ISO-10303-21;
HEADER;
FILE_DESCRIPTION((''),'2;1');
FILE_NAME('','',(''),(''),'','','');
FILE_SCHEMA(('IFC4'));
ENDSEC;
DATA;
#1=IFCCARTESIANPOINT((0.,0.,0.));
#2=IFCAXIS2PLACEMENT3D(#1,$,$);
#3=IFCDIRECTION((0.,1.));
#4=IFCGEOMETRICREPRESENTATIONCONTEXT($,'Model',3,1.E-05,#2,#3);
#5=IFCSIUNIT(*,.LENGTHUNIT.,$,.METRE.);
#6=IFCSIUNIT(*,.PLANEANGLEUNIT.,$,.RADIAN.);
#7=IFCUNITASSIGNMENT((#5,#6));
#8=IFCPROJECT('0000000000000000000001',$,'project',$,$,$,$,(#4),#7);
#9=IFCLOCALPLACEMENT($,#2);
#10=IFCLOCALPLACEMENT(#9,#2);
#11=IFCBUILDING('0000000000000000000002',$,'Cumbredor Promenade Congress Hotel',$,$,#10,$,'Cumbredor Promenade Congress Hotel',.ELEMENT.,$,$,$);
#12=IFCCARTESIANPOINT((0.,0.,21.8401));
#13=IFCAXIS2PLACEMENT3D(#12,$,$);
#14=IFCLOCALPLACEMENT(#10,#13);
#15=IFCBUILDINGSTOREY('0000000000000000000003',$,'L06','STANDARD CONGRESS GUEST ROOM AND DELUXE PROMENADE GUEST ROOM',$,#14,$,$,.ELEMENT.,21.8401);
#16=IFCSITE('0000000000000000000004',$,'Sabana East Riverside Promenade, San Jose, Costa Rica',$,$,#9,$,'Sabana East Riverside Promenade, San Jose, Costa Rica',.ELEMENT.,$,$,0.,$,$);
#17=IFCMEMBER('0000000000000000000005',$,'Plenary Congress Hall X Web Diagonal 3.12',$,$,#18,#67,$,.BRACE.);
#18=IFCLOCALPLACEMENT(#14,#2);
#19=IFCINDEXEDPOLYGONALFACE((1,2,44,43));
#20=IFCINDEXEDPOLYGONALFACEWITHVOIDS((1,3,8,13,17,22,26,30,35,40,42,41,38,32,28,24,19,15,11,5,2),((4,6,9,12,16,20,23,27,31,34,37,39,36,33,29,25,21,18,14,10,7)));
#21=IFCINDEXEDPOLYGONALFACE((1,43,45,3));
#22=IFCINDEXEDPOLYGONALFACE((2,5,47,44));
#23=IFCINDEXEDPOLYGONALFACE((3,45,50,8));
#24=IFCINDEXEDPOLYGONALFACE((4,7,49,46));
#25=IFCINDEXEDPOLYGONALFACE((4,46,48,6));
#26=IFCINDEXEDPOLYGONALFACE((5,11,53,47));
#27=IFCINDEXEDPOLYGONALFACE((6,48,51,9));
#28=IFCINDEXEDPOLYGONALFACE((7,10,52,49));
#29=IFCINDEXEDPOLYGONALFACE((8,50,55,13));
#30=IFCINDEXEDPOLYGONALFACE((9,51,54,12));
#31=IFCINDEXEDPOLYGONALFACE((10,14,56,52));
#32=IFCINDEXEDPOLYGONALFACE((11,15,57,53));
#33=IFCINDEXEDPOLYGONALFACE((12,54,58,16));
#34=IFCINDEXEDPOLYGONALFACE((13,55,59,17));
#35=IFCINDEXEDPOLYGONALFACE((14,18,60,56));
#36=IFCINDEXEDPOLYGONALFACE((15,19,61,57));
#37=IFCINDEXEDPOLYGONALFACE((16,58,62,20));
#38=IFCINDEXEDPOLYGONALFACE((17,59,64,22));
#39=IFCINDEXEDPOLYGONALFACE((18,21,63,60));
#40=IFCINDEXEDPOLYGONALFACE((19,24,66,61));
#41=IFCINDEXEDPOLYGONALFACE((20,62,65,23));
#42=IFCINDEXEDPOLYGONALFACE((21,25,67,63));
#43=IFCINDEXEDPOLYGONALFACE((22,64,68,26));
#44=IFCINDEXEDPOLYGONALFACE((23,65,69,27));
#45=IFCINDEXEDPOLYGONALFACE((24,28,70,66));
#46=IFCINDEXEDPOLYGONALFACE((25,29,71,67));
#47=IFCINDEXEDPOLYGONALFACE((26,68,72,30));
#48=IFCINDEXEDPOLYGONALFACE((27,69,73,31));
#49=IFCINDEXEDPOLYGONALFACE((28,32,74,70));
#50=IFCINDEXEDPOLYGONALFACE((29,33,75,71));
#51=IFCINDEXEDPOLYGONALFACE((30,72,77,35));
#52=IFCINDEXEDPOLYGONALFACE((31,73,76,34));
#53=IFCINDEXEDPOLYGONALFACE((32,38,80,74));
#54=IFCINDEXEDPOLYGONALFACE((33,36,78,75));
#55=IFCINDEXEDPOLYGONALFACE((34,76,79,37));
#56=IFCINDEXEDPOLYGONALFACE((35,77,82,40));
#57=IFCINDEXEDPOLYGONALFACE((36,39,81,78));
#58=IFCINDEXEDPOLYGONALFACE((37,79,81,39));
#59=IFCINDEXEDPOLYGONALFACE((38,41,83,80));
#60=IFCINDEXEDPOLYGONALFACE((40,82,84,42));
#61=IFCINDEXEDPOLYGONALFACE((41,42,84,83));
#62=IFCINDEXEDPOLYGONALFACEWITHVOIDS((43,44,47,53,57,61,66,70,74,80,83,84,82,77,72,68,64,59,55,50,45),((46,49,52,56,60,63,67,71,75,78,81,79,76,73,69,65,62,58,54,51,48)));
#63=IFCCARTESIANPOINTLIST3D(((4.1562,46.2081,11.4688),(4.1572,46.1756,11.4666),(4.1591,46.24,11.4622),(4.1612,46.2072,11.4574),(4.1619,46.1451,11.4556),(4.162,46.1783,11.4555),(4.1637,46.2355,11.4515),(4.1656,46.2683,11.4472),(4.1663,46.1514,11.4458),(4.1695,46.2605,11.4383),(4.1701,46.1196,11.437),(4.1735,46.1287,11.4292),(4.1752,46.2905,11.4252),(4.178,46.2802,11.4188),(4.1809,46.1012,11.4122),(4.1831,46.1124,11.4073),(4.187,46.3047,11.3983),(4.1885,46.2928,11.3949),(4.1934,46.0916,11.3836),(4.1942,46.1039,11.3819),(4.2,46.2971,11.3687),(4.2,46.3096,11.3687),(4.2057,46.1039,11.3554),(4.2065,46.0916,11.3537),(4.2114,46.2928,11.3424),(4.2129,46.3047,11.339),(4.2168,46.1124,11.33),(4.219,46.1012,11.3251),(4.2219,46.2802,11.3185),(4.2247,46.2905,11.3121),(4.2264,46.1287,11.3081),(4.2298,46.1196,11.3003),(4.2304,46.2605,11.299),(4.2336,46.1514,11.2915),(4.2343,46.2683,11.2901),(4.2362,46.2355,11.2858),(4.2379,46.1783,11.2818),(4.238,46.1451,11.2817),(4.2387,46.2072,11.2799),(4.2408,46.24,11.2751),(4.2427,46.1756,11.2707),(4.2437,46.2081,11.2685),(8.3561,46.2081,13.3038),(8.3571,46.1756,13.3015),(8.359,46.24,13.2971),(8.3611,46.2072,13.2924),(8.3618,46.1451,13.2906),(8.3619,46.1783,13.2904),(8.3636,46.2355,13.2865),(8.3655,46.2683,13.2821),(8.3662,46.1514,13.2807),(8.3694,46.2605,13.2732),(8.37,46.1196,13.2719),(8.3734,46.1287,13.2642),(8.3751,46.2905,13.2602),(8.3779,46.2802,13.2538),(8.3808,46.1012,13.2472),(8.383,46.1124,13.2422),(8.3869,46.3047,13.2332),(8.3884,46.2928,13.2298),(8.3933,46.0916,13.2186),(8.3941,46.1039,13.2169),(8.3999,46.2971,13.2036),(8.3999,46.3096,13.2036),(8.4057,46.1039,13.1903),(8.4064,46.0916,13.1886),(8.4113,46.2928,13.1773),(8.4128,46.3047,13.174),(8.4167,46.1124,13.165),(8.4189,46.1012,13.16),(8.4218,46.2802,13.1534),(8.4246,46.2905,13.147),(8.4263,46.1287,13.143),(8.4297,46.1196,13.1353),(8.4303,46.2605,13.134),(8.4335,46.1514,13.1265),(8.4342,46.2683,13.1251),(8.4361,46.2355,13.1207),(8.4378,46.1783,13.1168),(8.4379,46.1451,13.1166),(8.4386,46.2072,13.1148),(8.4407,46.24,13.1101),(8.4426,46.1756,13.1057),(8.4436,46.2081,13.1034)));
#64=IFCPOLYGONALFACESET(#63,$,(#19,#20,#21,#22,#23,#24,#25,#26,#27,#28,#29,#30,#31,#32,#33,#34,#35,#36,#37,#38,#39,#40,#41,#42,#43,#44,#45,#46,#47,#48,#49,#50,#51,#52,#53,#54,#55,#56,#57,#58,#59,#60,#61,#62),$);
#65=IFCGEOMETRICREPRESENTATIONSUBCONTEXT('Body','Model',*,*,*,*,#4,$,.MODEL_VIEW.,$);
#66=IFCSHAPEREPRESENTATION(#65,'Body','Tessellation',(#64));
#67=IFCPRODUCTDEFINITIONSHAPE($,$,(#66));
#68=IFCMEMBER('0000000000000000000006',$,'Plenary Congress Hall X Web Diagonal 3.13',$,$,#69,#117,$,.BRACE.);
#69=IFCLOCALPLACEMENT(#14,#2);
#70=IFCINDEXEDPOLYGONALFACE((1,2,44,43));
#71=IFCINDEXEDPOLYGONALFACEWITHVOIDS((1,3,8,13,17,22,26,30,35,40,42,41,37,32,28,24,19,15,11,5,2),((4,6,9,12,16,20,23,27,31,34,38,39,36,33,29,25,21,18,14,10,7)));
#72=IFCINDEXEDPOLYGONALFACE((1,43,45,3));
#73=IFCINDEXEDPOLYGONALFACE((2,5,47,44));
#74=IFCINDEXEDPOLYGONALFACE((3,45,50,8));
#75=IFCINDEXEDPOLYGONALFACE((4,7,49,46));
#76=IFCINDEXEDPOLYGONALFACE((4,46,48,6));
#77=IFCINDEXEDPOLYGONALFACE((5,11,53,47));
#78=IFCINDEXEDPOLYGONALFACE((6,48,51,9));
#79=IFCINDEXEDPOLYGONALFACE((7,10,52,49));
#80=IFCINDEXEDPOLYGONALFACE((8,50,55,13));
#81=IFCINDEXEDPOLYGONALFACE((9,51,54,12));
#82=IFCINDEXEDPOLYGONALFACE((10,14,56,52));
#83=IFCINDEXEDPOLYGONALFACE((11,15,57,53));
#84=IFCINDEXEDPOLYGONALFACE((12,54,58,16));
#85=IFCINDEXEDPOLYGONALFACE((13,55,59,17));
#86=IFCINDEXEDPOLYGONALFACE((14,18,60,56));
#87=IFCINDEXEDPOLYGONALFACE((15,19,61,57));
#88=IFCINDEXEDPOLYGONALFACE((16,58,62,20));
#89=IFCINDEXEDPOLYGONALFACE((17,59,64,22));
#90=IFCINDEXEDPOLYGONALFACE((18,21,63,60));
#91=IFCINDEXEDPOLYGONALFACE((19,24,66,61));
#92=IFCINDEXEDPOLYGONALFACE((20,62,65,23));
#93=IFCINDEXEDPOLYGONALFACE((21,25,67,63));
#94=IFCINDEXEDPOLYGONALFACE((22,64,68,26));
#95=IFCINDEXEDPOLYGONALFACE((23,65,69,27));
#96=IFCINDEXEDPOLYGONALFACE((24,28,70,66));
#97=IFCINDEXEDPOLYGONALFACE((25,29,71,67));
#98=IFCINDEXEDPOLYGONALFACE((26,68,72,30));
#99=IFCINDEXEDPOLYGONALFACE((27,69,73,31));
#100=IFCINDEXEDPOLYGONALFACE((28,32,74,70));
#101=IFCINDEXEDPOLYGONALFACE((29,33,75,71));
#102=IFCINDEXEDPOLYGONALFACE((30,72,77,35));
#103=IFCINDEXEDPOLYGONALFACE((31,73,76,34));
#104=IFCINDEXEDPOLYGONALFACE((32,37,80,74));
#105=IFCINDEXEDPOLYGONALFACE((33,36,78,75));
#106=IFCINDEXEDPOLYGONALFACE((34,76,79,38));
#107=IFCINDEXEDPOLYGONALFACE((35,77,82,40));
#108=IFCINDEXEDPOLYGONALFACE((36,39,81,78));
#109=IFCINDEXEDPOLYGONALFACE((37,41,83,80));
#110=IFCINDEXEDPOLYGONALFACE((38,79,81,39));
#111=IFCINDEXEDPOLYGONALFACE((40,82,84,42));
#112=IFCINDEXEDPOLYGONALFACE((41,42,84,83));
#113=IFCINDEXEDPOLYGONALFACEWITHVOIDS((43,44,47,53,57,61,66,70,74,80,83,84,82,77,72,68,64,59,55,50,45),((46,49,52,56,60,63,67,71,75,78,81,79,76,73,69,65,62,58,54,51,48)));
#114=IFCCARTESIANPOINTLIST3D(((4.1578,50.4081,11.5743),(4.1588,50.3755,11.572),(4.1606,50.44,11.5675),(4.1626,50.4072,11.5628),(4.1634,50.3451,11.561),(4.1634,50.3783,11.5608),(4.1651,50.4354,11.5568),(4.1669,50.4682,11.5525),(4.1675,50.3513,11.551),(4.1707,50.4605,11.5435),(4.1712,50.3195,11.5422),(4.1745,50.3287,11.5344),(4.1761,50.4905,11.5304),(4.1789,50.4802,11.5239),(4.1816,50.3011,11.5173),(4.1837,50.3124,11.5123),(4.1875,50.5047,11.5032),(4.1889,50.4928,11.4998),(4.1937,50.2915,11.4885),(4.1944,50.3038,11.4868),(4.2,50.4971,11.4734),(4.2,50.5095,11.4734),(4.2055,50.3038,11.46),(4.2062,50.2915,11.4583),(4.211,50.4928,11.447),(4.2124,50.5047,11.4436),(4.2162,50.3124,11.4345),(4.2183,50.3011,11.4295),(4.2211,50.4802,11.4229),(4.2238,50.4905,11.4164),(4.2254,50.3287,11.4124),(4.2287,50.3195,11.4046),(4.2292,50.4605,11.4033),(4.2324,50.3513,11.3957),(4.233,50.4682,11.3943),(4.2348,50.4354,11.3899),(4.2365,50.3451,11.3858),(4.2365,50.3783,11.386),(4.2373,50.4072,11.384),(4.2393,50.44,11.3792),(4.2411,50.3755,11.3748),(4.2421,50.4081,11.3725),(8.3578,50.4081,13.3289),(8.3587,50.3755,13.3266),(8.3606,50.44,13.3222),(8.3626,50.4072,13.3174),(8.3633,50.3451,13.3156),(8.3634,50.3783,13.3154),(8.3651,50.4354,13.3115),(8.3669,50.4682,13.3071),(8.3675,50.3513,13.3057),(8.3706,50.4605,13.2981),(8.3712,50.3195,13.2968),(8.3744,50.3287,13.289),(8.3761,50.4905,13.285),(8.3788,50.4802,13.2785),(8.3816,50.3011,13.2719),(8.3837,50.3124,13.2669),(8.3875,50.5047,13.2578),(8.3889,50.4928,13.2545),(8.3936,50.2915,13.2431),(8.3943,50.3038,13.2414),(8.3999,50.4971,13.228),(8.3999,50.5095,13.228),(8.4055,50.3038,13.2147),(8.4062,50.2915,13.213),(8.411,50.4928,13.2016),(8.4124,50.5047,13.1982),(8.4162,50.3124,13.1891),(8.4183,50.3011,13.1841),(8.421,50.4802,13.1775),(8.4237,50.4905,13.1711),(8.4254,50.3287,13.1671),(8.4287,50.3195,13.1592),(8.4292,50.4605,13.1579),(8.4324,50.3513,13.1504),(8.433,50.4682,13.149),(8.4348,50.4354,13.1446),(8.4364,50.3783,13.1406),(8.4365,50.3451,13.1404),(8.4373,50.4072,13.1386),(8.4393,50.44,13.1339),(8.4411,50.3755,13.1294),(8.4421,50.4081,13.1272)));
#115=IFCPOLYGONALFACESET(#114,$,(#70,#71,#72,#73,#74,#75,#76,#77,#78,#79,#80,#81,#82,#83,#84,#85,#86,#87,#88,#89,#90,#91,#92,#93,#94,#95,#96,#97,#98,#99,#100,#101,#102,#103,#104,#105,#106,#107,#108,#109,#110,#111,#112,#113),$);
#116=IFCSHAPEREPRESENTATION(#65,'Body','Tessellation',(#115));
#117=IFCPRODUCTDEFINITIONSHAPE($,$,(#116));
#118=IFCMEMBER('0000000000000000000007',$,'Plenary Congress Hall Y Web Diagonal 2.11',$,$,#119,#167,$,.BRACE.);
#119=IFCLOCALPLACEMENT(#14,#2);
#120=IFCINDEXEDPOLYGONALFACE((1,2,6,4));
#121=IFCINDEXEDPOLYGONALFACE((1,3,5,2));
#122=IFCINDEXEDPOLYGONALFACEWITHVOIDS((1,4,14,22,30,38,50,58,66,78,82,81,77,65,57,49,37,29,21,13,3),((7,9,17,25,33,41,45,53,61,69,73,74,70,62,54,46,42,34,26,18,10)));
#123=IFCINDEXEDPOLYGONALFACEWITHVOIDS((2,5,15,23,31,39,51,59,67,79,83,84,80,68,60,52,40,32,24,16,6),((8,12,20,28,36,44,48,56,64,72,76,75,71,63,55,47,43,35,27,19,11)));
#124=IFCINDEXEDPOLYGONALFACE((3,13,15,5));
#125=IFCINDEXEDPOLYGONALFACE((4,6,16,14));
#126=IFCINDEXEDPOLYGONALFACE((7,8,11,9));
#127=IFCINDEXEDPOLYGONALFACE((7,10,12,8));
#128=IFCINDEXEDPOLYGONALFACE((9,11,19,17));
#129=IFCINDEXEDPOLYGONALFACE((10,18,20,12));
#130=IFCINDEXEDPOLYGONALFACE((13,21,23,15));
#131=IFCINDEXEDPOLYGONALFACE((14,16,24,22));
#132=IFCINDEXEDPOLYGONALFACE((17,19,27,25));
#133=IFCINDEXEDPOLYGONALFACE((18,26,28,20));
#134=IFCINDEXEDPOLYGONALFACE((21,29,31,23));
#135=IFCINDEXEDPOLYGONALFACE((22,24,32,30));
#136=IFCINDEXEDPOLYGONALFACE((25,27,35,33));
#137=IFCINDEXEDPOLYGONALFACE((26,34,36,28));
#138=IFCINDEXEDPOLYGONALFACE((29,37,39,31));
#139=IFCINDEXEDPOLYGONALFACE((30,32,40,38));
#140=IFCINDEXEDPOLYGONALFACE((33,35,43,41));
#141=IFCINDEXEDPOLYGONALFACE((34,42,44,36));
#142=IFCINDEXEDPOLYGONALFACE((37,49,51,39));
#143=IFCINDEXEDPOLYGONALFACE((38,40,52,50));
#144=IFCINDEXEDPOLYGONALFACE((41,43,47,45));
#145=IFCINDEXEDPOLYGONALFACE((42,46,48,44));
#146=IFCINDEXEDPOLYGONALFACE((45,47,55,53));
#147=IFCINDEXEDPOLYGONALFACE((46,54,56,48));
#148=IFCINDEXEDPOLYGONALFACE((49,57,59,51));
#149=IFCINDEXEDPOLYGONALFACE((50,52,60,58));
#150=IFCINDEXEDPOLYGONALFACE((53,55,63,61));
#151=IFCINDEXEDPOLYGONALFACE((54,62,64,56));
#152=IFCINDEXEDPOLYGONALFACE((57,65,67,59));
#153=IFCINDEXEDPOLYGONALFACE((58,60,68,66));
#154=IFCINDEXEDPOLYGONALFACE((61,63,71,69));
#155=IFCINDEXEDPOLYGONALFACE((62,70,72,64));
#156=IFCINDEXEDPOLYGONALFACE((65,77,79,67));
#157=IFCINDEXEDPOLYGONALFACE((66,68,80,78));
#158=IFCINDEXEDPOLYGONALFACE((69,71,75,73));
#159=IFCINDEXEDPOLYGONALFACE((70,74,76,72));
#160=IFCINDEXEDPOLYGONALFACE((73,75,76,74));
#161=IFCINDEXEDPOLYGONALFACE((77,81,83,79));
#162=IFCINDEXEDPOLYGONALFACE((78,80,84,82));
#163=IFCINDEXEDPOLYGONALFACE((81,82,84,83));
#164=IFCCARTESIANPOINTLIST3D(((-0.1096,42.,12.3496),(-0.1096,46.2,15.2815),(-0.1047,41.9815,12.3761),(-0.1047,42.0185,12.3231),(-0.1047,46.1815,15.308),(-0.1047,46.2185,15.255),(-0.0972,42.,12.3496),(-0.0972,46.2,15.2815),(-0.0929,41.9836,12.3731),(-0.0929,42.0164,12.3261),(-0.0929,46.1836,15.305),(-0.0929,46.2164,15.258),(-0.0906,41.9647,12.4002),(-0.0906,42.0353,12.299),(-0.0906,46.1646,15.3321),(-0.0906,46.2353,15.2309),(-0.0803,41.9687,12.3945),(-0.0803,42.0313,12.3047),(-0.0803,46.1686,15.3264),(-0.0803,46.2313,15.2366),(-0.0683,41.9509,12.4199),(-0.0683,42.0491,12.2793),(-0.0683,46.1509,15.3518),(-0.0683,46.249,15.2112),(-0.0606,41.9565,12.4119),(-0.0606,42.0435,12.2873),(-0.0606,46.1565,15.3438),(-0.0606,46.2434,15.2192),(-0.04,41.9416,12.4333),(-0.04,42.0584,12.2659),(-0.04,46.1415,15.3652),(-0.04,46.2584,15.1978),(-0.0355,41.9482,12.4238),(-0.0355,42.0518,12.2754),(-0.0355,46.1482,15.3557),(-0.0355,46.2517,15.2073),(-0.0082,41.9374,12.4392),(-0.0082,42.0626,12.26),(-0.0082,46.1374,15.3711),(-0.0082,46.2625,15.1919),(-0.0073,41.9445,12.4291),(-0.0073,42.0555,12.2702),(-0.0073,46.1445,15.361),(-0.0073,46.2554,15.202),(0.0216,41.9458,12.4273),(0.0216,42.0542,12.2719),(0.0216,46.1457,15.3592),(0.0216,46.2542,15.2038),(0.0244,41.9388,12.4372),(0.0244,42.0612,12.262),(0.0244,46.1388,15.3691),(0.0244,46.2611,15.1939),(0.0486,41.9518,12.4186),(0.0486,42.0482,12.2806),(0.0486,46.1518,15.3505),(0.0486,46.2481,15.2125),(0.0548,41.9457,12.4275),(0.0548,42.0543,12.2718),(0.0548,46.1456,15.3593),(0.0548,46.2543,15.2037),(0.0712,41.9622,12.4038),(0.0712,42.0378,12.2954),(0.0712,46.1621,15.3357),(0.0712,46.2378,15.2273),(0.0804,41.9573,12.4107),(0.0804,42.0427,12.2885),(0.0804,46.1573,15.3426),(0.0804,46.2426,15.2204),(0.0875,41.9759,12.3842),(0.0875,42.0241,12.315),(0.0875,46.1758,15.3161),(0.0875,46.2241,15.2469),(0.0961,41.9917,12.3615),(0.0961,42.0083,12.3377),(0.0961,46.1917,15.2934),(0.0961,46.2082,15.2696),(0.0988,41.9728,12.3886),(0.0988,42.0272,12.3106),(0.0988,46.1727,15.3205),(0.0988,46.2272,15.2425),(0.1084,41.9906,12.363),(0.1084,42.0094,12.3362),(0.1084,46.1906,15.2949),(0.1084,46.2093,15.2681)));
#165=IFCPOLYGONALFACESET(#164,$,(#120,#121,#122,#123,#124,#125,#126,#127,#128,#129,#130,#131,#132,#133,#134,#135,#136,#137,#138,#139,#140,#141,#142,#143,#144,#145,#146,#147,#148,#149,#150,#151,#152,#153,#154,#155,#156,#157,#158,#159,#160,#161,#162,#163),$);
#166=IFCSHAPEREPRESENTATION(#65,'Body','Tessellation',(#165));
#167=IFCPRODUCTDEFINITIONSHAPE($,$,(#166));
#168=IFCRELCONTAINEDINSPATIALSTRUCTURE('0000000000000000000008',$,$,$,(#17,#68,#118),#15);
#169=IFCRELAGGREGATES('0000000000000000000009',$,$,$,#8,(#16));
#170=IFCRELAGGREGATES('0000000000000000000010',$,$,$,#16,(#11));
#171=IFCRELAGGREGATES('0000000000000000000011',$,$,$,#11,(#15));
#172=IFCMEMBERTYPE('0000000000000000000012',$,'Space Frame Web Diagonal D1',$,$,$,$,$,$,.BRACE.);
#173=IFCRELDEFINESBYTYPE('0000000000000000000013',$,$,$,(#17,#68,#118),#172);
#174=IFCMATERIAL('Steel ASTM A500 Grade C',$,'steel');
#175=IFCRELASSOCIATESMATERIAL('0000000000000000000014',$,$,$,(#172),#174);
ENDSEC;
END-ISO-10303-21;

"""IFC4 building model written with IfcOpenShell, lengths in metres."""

from ifc_helpers import new_model, si_unit, direction, frame, origin, origin_2d, place, context, subcontext, project, spatial, hollow_circle, extrude, material, material_profile, profile_set, type_object, element, save


model = new_model("IFC4")

# Units and contexts
model_context = context("Model", 3, precision=1e-05, world=origin(), true_north=direction((0.0, 1.0)))
body_context = subcontext(model_context, "Body", "Model", "MODEL_VIEW")
ifc_project = project(units=[si_unit("LENGTHUNIT", "METRE"), si_unit("PLANEANGLEUNIT", "RADIAN")], contexts=[model_context])

# Site, building, storey
site_placement = place(None, origin())
site = spatial("IfcSite", under=ifc_project, at=site_placement, Name="Sabana East Riverside Promenade, San Jose, Costa Rica", LongName="Sabana East Riverside Promenade, San Jose, Costa Rica", CompositionType="ELEMENT", RefElevation=0.0)
building_placement = place(site_placement, origin())
building = spatial("IfcBuilding", under=site, at=building_placement, Name="Cumbredor Promenade Congress Hotel", LongName="Cumbredor Promenade Congress Hotel", CompositionType="ELEMENT")
storey_placement = place(building_placement, frame((0.0, 0.0, 21.8401)))
storey = spatial("IfcBuildingStorey", under=building, at=storey_placement, Name="L06", Description="STANDARD CONGRESS GUEST ROOM AND DELUXE PROMENADE GUEST ROOM", CompositionType="ELEMENT", Elevation=21.8401)

# Members
ifc_material_1 = material(Name="Steel ASTM A500 Grade C", Category="steel")
ifc_material_profile_1 = material_profile(ifc_material_1, hollow_circle(Radius=0.1096, WallThickness=0.0125, at=origin_2d()), Name="CHS 219.1x12.5")
ifc_profile_set_1 = profile_set([ifc_material_profile_1], Name="Steel ASTM A500 Grade C")
member_type_1 = type_object("IfcMemberType", Name="Space Frame Web Diagonal D1", PredefinedType="BRACE", material=ifc_profile_set_1)
member_1_placement = place(storey_placement, frame((4.2, 46.2, 11.3687), z_axis=(0.916359, 0.0, 0.400358), x_axis=(0.0, 1.0, 0.0)))
element("IfcMember", 1, at=member_1_placement, inside=storey, type_object=member_type_1, Name="Plenary Congress Hall X Web Diagonal 3.12", PredefinedType="BRACE", context=body_context, shape_type="SweptSolid", body=[
    extrude(hollow_circle(Radius=0.1096, WallThickness=0.0125, at=origin_2d()), origin(), (0.0, 0.0, 1.0), 4.5833),
])
member_2_placement = place(storey_placement, frame((4.2, 50.3999, 11.4734), z_axis=(0.922713, 0.0, 0.385487), x_axis=(0.0, 1.0, 0.0)))
element("IfcMember", 2, at=member_2_placement, inside=storey, type_object=member_type_1, Name="Plenary Congress Hall X Web Diagonal 3.13", PredefinedType="BRACE", context=body_context, shape_type="SweptSolid", body=[
    extrude(hollow_circle(Radius=0.1096, WallThickness=0.0125, at=origin_2d()), origin(), (0.0, 0.0, 1.0), 4.5518),
])
member_3_placement = place(storey_placement, frame((0.0, 42.0, 12.3496), z_axis=(0.0, 0.819972, 0.572403), x_axis=(-1.0, 0.0, 0.0)))
element("IfcMember", 3, at=member_3_placement, inside=storey, type_object=member_type_1, Name="Plenary Congress Hall Y Web Diagonal 2.11", PredefinedType="BRACE", context=body_context, shape_type="SweptSolid", body=[
    extrude(hollow_circle(Radius=0.1096, WallThickness=0.0125, at=origin_2d()), origin(), (0.0, 0.0, 1.0), 5.1221),
])

save(model, "model.ifc")
